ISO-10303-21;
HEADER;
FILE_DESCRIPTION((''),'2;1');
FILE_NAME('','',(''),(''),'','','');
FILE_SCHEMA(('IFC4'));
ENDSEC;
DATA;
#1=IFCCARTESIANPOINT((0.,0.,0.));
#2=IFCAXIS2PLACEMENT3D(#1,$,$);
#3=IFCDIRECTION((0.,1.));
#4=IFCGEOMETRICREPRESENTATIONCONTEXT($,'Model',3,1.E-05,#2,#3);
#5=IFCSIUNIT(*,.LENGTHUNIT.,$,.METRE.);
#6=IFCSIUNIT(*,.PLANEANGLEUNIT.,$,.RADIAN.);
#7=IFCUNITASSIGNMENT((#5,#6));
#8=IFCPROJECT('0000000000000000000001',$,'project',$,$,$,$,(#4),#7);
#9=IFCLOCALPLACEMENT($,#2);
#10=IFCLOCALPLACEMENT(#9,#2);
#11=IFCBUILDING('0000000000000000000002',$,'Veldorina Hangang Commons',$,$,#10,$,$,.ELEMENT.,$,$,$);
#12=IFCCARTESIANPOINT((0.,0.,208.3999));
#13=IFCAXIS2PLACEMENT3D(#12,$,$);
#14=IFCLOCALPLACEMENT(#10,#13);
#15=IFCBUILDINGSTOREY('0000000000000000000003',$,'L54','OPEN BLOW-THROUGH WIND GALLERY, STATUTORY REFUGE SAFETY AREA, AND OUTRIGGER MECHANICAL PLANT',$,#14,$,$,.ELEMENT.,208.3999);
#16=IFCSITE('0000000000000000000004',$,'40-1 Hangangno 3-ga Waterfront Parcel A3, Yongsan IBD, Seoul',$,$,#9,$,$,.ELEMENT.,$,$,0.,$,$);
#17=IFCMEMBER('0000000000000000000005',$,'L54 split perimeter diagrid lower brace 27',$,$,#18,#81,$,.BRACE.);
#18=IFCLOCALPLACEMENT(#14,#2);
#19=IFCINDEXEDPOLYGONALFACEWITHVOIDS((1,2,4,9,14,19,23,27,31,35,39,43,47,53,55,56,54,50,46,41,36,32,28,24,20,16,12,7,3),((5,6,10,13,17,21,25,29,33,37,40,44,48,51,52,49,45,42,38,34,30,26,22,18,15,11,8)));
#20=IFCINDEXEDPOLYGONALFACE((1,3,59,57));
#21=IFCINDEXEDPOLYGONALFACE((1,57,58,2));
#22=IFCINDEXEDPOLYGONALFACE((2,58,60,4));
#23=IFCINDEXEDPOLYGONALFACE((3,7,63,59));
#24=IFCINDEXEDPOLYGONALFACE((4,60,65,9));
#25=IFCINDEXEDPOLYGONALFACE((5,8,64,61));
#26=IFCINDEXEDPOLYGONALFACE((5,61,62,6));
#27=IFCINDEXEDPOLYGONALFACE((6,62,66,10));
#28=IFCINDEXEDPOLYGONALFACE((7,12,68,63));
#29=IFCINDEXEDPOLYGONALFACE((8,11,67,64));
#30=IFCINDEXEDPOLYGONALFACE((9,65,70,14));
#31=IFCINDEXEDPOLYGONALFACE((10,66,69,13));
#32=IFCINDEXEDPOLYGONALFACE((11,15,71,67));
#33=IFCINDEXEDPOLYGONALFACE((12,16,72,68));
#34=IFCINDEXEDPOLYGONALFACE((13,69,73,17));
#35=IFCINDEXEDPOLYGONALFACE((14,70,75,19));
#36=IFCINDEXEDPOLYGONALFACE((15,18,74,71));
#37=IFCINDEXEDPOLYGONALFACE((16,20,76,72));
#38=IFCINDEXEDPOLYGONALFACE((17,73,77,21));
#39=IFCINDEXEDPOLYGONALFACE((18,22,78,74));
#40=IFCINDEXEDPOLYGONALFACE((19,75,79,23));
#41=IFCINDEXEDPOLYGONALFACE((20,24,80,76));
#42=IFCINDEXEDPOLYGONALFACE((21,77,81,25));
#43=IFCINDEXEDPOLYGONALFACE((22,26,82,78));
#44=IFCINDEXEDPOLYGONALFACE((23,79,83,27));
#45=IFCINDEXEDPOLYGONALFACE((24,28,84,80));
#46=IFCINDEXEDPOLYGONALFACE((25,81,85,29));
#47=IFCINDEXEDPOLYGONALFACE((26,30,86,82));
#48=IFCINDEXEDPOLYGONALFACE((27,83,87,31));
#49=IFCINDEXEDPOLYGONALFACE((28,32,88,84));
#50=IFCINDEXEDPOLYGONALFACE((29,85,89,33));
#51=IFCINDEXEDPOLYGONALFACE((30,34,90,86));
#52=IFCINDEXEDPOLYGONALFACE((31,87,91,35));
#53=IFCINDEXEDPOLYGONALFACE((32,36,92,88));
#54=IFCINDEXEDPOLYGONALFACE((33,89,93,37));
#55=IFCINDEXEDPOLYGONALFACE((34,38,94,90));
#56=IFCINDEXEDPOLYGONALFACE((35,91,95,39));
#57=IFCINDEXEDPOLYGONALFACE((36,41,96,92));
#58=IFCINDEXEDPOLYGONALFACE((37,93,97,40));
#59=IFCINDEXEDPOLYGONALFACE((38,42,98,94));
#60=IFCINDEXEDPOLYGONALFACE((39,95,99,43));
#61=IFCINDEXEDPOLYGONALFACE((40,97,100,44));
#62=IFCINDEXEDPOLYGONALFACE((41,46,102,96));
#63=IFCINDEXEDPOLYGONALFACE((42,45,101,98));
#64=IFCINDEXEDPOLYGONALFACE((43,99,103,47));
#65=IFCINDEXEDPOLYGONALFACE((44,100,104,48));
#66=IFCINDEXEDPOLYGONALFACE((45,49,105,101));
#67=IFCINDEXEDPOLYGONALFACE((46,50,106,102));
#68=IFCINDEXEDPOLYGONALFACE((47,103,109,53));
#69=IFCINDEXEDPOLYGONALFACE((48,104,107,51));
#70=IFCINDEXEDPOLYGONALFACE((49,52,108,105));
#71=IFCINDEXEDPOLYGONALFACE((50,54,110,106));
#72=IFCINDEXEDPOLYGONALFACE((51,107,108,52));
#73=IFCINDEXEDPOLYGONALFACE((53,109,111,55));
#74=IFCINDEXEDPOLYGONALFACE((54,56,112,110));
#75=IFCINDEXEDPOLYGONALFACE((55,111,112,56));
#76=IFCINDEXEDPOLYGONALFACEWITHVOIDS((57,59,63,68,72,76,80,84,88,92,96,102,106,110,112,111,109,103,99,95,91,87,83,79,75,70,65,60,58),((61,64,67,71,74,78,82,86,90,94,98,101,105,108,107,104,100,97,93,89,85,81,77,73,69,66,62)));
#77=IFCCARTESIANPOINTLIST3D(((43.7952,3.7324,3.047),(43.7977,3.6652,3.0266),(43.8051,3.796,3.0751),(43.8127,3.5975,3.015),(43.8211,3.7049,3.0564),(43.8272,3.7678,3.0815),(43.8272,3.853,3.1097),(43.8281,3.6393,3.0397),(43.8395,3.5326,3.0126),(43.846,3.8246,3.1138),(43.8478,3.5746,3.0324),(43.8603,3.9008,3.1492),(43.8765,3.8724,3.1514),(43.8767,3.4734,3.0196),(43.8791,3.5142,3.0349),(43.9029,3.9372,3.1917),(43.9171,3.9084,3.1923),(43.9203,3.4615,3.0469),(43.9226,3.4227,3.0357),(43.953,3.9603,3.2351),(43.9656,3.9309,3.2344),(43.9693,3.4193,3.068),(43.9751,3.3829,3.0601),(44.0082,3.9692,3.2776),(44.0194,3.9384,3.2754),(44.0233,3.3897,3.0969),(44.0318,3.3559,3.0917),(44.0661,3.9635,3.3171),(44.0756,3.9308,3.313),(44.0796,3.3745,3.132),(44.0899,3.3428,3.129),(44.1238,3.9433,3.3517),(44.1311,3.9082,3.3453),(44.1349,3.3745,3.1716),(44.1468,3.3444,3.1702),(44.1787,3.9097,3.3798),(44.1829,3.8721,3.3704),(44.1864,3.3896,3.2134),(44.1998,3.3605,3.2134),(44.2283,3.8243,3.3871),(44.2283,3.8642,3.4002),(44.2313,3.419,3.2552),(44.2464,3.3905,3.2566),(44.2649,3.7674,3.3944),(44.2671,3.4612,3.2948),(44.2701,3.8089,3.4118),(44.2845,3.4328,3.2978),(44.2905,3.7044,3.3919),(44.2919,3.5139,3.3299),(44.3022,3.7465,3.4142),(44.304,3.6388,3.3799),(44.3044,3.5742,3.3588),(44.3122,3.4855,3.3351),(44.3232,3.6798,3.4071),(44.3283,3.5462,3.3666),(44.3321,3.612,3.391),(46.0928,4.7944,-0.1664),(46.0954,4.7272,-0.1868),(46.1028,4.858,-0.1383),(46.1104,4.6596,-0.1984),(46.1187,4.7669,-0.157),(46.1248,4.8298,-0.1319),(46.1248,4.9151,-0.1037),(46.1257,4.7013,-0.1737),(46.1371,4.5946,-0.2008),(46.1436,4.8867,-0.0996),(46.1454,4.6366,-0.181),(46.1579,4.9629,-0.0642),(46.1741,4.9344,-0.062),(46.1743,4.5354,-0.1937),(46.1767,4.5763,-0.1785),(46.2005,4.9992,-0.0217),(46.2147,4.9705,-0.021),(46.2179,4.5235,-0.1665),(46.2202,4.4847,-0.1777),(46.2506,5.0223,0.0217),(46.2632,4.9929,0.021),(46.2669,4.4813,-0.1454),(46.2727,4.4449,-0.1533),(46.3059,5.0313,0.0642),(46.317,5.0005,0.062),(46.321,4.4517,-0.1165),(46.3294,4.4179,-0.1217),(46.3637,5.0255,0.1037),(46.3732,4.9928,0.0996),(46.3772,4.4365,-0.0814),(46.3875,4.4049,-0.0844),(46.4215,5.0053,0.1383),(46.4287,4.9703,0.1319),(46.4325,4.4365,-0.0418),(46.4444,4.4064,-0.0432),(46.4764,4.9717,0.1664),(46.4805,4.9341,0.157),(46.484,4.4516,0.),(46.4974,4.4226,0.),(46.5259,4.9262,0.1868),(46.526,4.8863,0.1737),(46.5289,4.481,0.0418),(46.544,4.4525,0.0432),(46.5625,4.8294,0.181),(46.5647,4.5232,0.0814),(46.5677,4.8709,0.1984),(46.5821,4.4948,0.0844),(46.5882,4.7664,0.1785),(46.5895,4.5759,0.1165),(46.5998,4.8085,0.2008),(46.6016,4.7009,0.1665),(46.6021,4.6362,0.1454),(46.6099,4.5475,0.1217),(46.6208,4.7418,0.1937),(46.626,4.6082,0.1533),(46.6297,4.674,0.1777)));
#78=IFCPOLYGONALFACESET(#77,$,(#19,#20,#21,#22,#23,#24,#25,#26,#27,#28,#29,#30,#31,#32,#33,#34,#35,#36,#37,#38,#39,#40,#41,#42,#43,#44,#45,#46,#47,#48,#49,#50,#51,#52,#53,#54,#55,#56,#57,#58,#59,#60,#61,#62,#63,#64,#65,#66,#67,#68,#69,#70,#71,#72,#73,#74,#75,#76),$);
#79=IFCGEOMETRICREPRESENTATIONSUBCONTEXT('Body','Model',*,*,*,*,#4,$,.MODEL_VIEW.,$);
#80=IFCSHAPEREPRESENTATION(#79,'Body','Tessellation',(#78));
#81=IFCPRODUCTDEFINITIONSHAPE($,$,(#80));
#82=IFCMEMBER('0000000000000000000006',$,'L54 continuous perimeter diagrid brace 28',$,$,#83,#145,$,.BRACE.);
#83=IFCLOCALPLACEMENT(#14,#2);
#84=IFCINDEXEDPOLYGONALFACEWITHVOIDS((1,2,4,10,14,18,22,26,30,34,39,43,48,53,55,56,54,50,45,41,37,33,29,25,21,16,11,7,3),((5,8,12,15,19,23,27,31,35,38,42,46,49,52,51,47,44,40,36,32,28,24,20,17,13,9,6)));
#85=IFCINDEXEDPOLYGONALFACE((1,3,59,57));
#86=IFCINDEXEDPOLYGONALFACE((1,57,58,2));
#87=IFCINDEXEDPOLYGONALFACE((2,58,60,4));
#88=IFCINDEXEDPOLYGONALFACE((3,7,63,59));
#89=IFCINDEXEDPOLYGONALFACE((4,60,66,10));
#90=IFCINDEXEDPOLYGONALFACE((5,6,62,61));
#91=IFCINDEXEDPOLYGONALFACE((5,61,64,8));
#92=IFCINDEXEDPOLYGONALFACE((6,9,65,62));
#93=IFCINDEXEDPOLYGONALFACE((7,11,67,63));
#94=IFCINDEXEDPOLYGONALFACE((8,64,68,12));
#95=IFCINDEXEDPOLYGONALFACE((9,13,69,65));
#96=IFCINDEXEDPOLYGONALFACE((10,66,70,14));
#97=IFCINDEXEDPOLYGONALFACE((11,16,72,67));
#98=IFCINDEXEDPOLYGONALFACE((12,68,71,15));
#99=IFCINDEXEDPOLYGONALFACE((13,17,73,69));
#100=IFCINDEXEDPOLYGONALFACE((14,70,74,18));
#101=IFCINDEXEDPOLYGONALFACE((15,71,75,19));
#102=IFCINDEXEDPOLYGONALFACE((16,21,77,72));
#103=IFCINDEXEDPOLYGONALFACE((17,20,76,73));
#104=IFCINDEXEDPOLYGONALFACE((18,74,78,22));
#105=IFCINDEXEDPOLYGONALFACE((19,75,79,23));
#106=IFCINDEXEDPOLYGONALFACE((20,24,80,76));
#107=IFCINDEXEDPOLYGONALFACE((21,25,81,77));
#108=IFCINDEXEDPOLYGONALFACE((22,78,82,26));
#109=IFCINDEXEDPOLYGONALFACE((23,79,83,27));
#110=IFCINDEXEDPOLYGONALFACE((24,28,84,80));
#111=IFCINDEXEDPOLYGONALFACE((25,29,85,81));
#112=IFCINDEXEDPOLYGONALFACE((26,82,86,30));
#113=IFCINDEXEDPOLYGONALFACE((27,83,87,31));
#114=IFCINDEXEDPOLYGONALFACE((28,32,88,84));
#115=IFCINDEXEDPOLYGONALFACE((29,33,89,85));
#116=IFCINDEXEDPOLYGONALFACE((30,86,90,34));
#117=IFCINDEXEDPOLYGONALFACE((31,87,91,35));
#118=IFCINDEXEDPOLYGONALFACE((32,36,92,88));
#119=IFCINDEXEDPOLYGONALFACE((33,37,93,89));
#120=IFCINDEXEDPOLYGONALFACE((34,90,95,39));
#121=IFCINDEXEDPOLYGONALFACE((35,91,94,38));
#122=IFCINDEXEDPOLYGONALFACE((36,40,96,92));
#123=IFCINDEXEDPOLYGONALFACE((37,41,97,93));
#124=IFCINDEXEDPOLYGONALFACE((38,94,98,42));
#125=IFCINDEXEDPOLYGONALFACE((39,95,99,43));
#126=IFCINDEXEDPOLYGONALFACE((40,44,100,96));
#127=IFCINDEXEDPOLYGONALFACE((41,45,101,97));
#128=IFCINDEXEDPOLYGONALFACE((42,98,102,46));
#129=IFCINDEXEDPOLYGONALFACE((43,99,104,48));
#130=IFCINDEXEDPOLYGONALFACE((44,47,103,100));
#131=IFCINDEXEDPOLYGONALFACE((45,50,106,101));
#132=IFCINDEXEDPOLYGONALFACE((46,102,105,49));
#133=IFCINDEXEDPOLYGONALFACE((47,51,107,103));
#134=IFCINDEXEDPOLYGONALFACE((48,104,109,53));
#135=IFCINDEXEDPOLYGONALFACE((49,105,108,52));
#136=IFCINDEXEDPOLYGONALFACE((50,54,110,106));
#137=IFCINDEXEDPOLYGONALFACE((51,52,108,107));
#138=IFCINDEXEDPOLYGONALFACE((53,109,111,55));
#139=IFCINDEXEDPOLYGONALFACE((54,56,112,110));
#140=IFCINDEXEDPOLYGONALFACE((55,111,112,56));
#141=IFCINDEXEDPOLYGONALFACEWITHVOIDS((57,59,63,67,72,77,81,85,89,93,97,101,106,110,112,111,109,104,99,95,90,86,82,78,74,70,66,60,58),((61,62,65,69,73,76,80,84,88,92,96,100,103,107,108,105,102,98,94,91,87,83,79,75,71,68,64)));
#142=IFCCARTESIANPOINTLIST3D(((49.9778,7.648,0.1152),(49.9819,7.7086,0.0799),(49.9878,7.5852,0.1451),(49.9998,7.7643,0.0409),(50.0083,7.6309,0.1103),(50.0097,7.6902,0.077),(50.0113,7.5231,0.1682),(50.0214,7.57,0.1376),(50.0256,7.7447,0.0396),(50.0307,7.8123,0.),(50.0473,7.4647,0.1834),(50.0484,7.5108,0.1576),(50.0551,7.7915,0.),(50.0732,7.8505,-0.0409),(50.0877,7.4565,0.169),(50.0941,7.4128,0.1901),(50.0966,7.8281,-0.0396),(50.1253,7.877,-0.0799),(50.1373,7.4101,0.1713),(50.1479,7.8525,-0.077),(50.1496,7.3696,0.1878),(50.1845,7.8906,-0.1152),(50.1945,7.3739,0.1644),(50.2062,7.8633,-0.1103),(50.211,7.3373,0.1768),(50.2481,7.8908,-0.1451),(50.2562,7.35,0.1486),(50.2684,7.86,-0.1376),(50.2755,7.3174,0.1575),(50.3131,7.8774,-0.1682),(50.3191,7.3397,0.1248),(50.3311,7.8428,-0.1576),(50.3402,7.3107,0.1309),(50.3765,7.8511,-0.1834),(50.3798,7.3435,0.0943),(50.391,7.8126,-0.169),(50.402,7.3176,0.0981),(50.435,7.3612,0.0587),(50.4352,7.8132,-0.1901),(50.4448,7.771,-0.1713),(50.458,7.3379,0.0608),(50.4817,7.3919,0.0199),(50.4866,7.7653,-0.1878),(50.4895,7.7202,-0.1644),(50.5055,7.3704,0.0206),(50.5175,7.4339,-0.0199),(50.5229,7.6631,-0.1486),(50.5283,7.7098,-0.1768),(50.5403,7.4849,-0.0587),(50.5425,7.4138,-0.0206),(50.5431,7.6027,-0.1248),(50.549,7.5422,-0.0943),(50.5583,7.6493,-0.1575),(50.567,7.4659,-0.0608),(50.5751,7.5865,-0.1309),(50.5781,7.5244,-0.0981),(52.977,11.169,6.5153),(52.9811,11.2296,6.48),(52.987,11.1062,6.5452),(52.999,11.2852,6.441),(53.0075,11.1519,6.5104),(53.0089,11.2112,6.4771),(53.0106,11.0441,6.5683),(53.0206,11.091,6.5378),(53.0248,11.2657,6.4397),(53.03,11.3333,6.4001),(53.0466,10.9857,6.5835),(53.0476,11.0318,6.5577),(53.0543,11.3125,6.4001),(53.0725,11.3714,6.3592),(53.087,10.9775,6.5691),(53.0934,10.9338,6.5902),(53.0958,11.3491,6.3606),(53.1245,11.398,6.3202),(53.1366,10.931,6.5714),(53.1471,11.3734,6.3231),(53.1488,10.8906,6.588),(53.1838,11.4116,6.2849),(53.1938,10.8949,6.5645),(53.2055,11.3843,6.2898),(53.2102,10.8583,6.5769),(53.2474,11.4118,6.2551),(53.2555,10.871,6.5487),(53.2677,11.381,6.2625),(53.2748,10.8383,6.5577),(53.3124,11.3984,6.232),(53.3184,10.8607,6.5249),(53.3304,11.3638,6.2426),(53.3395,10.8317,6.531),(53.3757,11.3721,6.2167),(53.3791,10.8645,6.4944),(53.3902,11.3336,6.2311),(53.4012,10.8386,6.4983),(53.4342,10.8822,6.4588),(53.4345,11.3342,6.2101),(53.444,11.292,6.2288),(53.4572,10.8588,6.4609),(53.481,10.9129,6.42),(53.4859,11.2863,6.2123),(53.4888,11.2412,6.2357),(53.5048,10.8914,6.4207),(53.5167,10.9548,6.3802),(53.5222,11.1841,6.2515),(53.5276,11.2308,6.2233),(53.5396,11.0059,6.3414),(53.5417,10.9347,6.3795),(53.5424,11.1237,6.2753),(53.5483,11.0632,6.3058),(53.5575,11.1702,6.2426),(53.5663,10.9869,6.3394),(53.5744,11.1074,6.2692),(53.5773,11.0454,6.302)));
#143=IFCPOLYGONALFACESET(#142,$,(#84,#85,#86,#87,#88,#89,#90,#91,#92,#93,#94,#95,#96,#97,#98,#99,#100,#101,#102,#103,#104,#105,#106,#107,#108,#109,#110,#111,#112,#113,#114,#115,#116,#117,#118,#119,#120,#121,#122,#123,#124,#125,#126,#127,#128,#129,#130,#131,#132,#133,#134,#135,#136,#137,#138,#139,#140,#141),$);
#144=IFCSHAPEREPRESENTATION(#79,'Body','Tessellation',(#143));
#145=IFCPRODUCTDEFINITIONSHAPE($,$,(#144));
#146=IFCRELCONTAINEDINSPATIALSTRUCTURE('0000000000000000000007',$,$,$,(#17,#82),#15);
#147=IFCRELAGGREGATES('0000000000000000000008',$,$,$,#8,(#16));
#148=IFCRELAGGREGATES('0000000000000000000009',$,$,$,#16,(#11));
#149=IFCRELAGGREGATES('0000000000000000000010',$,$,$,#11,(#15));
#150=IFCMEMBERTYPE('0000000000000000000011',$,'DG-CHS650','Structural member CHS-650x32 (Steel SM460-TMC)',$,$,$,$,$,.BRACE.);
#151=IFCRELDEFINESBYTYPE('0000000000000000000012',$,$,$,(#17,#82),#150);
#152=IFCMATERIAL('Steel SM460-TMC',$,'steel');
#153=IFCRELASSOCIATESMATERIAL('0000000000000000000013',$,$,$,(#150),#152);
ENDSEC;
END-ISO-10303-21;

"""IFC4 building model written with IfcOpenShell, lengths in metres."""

from ifc_helpers import new_model, si_unit, direction, frame, origin, origin_2d, place, context, subcontext, project, spatial, hollow_circle, extrude, material, material_profile, profile_set, type_object, element, save


model = new_model("IFC4")

# Units and contexts
model_context = context("Model", 3, precision=1e-05, world=origin(), true_north=direction((0.0, 1.0)))
body_context = subcontext(model_context, "Body", "Model", "MODEL_VIEW")
ifc_project = project(units=[si_unit("LENGTHUNIT", "METRE"), si_unit("PLANEANGLEUNIT", "RADIAN")], contexts=[model_context])

# Site, building, storey
site_placement = place(None, origin())
site = spatial("IfcSite", under=ifc_project, at=site_placement, Name="40-1 Hangangno 3-ga Waterfront Parcel A3, Yongsan IBD, Seoul", CompositionType="ELEMENT", RefElevation=0.0)
building_placement = place(site_placement, origin())
building = spatial("IfcBuilding", under=site, at=building_placement, Name="Veldorina Hangang Commons", CompositionType="ELEMENT")
storey_placement = place(building_placement, frame((0.0, 0.0, 208.3999)))
storey = spatial("IfcBuildingStorey", under=building, at=storey_placement, Name="L54", Description="OPEN BLOW-THROUGH WIND GALLERY, STATUTORY REFUGE SAFETY AREA, AND OUTRIGGER MECHANICAL PLANT", CompositionType="ELEMENT", Elevation=208.3999)

# Shared definitions
ifc_material_1 = material(Name="Steel SM460-TMC", Category="steel")

# Members
ifc_material_profile_1 = material_profile(ifc_material_1, hollow_circle(Radius=0.325, WallThickness=0.032, at=origin_2d()), Name="CHS-650x32")
ifc_profile_set_1 = profile_set([ifc_material_profile_1], Name="Steel SM460-TMC")
member_type_1 = type_object("IfcMemberType", Name="DG-CHS650", Description="Structural member CHS-650x32 (Steel SM460-TMC)", PredefinedType="BRACE", material=ifc_profile_set_1)
member_1_placement = place(storey_placement, frame((46.3611, 4.7175, 0.0), z_axis=(-0.561685, -0.259625, 0.78556), x_axis=(0.419572, -0.907722, 0.0)))
element("IfcMember", 1, at=member_1_placement, inside=storey, type_object=member_type_1, Name="L54 split perimeter diagrid lower brace 27", PredefinedType="BRACE", context=body_context, shape_type="SweptSolid", body=[
    extrude(hollow_circle(Radius=0.325, WallThickness=0.032, at=origin_2d()), origin(), (0.0, 0.0, 1.0), 4.0906),
])
member_2_placement = place(storey_placement, frame((50.2781, 7.6016, 0.0), z_axis=(0.379822, 0.445893, 0.810503), x_axis=(-0.761254, 0.648454, 0.0)))
element("IfcMember", 2, at=member_2_placement, inside=storey, type_object=member_type_1, Name="L54 continuous perimeter diagrid brace 28", PredefinedType="BRACE", context=body_context, shape_type="SweptSolid", body=[
    extrude(hollow_circle(Radius=0.325, WallThickness=0.032, at=origin_2d()), origin(), (0.0, 0.0, 1.0), 7.8965),
])

save(model, "model.ifc")
